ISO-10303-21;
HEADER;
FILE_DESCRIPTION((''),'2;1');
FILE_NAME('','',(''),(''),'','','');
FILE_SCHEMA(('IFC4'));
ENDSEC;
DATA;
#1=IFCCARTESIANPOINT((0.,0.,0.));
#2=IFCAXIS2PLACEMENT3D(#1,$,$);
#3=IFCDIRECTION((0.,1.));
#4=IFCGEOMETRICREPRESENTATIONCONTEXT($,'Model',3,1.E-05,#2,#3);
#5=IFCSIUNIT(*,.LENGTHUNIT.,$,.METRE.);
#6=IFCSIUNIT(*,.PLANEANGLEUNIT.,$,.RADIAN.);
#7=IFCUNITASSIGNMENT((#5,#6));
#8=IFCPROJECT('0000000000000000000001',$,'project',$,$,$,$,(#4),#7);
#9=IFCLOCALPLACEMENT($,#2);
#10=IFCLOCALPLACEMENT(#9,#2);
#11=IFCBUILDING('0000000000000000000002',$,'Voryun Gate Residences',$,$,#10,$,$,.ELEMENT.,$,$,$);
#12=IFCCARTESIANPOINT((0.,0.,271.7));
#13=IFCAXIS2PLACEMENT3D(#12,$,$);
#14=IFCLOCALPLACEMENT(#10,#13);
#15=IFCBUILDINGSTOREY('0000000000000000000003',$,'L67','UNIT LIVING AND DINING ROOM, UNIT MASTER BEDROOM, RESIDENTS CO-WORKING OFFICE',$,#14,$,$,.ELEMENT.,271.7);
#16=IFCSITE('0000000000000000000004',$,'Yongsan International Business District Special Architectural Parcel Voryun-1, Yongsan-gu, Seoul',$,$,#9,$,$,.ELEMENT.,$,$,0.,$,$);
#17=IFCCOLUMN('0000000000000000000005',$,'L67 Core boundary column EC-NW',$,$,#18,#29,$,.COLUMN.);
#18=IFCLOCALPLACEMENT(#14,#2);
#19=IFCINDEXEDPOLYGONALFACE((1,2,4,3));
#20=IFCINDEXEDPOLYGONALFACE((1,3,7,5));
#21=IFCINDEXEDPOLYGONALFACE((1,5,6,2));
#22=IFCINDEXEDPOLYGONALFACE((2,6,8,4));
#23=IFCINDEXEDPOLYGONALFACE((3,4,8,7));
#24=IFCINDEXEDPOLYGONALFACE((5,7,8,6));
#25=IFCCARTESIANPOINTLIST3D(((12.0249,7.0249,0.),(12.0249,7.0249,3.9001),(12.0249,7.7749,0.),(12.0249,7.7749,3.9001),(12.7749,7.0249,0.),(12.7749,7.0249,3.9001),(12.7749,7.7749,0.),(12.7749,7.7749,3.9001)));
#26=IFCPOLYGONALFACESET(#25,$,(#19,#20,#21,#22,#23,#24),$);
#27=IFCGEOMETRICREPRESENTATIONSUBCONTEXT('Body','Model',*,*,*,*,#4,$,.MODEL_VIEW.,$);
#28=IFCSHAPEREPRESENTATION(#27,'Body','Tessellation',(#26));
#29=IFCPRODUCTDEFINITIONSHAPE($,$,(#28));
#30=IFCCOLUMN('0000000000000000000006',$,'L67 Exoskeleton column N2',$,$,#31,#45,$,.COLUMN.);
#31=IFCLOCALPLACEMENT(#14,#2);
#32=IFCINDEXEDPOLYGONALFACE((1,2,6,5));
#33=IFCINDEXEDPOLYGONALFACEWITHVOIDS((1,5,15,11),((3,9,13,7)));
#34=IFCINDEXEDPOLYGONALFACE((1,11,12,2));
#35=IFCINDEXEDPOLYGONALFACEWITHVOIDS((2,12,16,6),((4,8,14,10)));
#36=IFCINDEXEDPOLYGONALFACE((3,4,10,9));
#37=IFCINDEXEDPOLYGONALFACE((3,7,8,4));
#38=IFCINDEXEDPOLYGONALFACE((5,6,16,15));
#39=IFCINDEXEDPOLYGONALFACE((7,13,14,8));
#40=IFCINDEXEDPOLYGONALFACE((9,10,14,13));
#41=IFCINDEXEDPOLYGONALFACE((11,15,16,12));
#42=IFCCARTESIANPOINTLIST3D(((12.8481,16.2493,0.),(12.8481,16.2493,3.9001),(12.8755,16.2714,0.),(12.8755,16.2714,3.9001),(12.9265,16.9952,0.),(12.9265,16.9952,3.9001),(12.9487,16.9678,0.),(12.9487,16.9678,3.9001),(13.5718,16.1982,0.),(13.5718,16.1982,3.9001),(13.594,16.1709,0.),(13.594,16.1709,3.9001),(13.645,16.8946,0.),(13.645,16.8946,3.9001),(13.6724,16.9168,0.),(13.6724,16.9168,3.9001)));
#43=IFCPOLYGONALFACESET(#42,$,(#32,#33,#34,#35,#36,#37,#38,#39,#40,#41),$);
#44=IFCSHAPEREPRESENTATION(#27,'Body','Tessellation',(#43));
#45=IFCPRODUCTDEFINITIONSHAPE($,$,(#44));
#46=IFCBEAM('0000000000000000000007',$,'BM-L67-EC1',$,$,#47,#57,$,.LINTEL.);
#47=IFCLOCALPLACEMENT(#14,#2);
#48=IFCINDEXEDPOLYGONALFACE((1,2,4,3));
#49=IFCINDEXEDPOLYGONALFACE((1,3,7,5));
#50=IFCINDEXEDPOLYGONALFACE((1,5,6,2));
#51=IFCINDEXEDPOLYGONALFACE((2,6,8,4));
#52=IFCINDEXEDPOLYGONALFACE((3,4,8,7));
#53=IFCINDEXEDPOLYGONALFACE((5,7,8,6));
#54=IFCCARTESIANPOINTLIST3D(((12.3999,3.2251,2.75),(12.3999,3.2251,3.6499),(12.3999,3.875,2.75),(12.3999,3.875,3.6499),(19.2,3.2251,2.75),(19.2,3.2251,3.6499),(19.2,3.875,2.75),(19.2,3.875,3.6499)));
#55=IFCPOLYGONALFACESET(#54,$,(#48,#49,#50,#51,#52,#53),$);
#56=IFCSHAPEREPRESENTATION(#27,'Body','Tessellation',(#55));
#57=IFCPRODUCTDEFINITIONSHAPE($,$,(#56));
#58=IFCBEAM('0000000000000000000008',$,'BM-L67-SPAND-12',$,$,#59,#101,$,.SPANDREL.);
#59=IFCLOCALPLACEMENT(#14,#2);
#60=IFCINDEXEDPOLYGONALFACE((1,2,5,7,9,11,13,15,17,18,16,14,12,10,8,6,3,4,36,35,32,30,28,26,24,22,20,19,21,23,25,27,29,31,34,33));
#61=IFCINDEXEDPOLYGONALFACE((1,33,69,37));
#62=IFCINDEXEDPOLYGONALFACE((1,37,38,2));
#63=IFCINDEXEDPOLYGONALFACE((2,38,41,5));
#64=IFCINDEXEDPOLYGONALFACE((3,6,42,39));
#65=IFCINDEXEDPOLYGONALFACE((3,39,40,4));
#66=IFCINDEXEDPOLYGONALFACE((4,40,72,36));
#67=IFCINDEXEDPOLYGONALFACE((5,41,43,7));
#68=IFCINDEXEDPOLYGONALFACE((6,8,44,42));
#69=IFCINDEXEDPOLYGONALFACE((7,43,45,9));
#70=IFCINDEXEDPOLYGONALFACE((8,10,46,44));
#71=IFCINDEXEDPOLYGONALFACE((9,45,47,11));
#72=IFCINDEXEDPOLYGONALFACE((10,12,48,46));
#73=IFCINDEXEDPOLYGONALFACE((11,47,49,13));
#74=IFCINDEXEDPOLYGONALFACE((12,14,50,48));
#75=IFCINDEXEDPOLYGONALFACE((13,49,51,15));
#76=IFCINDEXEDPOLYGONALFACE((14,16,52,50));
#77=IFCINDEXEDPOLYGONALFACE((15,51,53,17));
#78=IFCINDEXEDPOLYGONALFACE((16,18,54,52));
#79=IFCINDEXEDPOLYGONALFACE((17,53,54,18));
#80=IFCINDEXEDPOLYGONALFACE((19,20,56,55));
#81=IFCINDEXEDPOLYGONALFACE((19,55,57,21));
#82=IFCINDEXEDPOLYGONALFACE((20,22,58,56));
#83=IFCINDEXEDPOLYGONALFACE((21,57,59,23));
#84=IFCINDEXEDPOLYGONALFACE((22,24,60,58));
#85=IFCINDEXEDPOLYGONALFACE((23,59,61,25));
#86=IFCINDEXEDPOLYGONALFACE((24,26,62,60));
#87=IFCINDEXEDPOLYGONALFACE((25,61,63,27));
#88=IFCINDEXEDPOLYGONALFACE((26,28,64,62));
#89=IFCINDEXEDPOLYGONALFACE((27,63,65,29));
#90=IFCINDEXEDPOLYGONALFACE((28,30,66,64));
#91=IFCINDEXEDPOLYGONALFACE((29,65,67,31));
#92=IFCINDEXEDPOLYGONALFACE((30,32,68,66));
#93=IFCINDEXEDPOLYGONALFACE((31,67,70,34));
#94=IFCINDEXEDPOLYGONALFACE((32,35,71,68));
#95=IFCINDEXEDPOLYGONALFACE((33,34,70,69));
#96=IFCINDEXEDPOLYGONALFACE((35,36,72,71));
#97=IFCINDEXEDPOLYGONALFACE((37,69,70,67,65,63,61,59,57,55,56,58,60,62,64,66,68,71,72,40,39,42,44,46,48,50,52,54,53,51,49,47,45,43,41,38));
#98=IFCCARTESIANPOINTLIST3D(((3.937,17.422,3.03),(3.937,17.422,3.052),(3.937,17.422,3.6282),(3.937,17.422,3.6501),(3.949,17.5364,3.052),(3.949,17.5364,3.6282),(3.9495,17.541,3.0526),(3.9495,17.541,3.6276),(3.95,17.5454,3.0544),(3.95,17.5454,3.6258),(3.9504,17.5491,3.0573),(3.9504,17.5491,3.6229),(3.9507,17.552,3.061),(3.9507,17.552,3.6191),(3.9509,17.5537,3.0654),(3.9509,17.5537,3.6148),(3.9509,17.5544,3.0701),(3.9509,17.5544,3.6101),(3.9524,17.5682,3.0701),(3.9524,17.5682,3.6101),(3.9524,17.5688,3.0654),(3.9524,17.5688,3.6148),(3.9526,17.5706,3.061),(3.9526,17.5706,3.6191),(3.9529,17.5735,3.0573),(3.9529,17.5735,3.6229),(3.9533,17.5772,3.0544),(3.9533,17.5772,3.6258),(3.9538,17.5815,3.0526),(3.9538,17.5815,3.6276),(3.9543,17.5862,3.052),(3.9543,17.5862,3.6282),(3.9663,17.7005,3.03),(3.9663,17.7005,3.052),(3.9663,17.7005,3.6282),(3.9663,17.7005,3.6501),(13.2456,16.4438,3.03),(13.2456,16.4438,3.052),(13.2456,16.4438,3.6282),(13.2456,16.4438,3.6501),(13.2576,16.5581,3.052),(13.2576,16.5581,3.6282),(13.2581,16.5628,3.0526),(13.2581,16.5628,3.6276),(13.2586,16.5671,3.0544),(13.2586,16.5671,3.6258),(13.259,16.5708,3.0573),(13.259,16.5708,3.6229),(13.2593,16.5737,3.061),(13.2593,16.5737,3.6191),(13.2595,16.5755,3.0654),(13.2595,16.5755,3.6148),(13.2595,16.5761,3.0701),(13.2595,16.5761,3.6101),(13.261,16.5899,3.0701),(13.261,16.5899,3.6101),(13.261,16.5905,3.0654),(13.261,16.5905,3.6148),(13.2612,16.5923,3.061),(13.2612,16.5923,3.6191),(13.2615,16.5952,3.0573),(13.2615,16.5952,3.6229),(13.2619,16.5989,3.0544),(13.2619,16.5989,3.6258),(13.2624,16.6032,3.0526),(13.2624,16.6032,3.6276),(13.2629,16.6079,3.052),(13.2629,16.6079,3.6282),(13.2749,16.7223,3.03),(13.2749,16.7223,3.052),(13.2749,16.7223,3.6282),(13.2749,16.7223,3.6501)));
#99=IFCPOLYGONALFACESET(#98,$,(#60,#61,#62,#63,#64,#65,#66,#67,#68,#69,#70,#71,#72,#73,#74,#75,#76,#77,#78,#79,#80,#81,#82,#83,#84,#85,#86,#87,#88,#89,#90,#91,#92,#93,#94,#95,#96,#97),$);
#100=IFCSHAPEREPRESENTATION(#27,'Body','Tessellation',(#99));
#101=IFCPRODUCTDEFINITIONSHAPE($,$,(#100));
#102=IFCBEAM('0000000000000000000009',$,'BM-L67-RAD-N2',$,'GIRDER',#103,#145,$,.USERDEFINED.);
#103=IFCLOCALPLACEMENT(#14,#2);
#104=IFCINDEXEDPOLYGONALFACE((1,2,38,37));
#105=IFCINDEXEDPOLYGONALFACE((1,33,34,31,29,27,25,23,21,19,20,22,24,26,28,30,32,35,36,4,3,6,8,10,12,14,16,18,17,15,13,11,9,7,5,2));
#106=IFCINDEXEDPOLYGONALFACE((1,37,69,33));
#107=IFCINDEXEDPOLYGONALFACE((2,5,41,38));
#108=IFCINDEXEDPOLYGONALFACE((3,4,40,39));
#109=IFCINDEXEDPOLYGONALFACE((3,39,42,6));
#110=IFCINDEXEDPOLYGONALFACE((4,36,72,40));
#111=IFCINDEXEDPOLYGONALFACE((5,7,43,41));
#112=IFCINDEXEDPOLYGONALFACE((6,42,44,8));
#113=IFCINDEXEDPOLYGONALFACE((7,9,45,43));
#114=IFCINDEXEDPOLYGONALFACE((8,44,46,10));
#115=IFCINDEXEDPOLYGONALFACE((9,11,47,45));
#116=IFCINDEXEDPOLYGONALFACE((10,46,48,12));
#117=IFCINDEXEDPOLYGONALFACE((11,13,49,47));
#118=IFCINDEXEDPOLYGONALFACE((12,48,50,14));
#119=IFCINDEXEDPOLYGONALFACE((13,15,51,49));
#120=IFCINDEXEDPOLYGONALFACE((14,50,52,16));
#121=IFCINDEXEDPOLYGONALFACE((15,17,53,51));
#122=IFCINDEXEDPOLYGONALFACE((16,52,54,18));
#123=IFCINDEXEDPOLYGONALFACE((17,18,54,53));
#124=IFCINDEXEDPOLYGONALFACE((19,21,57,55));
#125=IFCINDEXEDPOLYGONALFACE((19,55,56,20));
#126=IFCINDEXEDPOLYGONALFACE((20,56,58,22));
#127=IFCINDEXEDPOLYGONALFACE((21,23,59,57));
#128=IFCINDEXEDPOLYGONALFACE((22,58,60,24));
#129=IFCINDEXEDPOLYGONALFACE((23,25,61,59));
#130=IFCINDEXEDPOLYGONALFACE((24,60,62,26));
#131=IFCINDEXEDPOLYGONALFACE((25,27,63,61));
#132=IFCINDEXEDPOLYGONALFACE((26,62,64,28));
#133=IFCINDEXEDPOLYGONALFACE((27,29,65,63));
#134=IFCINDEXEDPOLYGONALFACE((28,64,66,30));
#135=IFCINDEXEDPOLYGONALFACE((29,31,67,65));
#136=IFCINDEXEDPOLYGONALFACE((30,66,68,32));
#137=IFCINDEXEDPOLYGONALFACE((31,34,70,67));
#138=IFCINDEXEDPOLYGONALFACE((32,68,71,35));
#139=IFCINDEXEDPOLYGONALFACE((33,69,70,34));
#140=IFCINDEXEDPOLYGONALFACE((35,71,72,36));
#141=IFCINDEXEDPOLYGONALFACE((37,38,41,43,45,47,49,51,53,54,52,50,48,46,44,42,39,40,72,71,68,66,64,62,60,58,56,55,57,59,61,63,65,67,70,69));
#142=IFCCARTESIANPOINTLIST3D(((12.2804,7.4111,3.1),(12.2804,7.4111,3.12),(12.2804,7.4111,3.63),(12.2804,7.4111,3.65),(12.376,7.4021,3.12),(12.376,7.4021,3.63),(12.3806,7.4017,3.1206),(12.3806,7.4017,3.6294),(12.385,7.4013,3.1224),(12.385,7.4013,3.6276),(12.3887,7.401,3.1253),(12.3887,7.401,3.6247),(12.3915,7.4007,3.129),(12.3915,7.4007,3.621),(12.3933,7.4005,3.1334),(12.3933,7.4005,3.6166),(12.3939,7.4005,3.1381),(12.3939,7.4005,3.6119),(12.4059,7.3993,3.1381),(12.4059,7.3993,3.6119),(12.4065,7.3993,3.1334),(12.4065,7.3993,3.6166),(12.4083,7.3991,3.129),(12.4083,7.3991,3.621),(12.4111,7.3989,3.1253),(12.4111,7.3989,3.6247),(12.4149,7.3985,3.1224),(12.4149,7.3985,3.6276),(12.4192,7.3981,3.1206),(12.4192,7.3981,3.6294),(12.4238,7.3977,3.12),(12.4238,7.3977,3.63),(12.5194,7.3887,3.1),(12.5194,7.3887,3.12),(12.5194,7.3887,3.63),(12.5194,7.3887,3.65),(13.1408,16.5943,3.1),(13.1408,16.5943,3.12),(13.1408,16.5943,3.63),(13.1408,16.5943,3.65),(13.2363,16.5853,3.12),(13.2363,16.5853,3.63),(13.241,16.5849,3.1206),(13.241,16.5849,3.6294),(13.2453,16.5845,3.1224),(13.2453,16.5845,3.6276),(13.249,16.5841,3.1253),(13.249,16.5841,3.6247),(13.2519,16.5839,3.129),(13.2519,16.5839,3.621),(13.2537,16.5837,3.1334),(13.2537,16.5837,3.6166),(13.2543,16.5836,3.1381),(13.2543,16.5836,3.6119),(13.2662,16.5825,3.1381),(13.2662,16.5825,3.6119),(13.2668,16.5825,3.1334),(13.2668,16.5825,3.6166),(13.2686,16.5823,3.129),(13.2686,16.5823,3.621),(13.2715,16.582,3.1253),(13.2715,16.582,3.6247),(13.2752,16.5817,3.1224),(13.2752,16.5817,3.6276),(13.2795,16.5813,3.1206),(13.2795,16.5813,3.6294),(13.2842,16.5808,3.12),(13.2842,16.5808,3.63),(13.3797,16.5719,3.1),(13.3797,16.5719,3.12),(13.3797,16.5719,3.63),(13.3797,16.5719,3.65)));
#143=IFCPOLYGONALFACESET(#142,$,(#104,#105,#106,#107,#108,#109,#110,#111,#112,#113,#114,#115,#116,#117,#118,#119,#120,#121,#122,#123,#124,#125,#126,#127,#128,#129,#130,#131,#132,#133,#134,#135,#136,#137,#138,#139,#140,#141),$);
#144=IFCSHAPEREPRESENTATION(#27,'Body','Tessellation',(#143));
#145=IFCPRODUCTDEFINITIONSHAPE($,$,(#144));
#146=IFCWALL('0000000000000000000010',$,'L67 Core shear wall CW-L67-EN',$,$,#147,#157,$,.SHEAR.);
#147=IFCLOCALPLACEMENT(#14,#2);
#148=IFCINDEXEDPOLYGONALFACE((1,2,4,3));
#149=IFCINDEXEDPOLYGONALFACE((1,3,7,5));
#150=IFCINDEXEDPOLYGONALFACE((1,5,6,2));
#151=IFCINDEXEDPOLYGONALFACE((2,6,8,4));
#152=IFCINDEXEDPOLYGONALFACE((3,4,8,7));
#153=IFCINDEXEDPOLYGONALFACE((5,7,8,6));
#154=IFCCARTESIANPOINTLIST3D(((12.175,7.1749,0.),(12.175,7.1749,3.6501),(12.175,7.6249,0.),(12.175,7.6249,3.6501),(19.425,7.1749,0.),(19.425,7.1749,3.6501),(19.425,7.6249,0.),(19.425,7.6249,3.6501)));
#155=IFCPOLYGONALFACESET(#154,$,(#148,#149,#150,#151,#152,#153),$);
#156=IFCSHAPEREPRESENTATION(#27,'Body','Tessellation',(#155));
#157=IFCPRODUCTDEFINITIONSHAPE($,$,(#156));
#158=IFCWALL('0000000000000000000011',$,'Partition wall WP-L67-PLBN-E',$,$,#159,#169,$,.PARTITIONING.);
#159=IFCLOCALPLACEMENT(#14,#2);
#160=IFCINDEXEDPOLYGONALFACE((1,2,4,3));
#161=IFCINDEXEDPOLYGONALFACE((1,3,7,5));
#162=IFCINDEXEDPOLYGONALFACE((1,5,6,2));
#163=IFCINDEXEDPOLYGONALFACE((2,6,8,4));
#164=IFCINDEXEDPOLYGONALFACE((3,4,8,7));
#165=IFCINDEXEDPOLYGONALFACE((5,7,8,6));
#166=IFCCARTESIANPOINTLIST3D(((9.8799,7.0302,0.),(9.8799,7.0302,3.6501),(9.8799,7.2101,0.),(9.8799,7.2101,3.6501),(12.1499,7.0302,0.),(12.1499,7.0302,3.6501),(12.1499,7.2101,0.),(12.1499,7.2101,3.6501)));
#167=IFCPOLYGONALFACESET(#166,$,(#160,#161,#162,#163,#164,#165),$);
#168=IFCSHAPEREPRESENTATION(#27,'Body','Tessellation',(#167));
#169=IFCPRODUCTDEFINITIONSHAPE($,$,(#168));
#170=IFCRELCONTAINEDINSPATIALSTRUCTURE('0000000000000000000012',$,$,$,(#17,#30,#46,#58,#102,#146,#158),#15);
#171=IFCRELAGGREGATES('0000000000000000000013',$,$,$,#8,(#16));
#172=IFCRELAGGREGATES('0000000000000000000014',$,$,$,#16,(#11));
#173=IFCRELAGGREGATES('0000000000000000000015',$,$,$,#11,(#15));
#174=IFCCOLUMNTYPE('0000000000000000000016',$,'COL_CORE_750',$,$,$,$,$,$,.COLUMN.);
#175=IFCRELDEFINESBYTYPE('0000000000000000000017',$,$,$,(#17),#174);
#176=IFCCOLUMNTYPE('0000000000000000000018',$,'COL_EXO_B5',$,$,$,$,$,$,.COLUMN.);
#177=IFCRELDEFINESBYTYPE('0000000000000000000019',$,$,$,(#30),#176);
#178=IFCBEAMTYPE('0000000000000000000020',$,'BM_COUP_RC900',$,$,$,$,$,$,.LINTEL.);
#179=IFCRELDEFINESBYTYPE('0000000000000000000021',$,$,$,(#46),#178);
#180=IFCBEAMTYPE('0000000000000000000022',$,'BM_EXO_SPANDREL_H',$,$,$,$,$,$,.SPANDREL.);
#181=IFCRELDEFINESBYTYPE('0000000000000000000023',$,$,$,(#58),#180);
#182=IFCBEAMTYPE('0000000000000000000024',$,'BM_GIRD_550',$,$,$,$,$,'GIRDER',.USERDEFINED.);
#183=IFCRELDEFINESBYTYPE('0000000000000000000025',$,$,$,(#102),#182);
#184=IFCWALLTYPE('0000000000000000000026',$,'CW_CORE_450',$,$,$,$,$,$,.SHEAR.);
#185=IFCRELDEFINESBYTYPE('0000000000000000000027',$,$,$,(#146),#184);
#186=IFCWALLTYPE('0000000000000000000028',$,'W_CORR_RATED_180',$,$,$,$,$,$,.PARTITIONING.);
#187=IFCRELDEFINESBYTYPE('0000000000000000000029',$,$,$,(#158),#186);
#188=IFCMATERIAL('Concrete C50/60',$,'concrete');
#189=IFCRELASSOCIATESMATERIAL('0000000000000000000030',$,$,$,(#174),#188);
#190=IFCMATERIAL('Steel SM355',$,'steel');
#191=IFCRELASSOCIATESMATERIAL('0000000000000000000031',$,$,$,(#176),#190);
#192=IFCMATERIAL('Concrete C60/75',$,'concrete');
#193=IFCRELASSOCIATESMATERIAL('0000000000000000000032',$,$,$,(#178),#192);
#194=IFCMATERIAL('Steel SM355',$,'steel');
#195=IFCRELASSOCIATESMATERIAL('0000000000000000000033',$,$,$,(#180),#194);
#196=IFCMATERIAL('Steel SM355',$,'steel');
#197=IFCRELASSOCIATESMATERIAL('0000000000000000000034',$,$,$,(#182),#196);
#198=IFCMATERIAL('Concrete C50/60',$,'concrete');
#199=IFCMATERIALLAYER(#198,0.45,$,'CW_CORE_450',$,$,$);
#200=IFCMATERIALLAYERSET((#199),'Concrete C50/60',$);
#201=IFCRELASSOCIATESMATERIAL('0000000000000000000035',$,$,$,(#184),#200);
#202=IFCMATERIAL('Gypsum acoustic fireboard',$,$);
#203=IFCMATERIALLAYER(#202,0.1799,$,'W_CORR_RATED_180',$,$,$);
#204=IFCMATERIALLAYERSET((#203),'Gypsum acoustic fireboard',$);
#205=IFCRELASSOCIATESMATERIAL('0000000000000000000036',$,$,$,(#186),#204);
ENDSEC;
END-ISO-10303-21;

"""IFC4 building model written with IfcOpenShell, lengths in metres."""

from ifc_helpers import new_model, si_unit, direction, frame, frame_2d, origin, origin_2d, place, context, subcontext, project, spatial, rectangle, hollow_rectangle, i_section, extrude, material, layer, layer_set, material_profile, profile_set, type_object, element, save


model = new_model("IFC4")

# Units and contexts
model_context = context("Model", 3, precision=1e-05, world=origin(), true_north=direction((0.0, 1.0)))
body_context = subcontext(model_context, "Body", "Model", "MODEL_VIEW")
ifc_project = project(units=[si_unit("LENGTHUNIT", "METRE"), si_unit("PLANEANGLEUNIT", "RADIAN")], contexts=[model_context])

# Site, building, storey
site_placement = place(None, origin())
site = spatial("IfcSite", under=ifc_project, at=site_placement, Name="Yongsan International Business District Special Architectural Parcel Voryun-1, Yongsan-gu, Seoul", CompositionType="ELEMENT", RefElevation=0.0)
building_placement = place(site_placement, origin())
building = spatial("IfcBuilding", under=site, at=building_placement, Name="Voryun Gate Residences", CompositionType="ELEMENT")
storey_placement = place(building_placement, frame((0.0, 0.0, 271.7)))
storey = spatial("IfcBuildingStorey", under=building, at=storey_placement, Name="L67", Description="UNIT LIVING AND DINING ROOM, UNIT MASTER BEDROOM, RESIDENTS CO-WORKING OFFICE", CompositionType="ELEMENT", Elevation=271.7)

# Columns
ifc_material_1 = material(Name="Concrete C50/60", Category="concrete")
ifc_material_profile_1 = material_profile(ifc_material_1, rectangle(XDim=0.75, YDim=0.75, at=origin_2d()), Name="RC-750x750")
ifc_profile_set_1 = profile_set([ifc_material_profile_1], Name="Concrete C50/60")
column_type_1 = type_object("IfcColumnType", Name="COL_CORE_750", PredefinedType="COLUMN", material=ifc_profile_set_1)
column_1_placement = place(storey_placement, frame((12.3999, 7.3999, 0.0), z_axis=(0.0, 0.0, 1.0), x_axis=(1.0, 0.0, 0.0)))
element("IfcColumn", 1, at=column_1_placement, inside=storey, type_object=column_type_1, Name="L67 Core boundary column EC-NW", PredefinedType="COLUMN", context=body_context, shape_type="SweptSolid", body=[
    extrude(rectangle(XDim=0.75, YDim=0.75, at=origin_2d()), origin(), (0.0, 0.0, 1.0), 3.9001),
])
ifc_material_2 = material(Name="Steel SM355", Category="steel")
ifc_material_profile_2 = material_profile(ifc_material_2, hollow_rectangle(XDim=0.75, YDim=0.75, WallThickness=0.0249, at=origin_2d()), Name="BOX-750x750x25")
ifc_profile_set_2 = profile_set([ifc_material_profile_2], Name="Steel SM355")
column_type_2 = type_object("IfcColumnType", Name="COL_EXO_B5", PredefinedType="COLUMN", material=ifc_profile_set_2)
column_2_placement = place(storey_placement, frame((13.2603, 16.583, 0.0), z_axis=(0.0, 0.0, 1.0), x_axis=(0.994522, -0.104528, 0.0)))
element("IfcColumn", 2, at=column_2_placement, inside=storey, type_object=column_type_2, Name="L67 Exoskeleton column N2", PredefinedType="COLUMN", context=body_context, shape_type="SweptSolid", body=[
    extrude(hollow_rectangle(XDim=0.75, YDim=0.75, WallThickness=0.0249, at=origin_2d()), origin(), (0.0, 0.0, 1.0), 3.9001),
])

# Beams
ifc_material_3 = material(Name="Concrete C60/75", Category="concrete")
ifc_material_profile_3 = material_profile(ifc_material_3, rectangle(XDim=0.6499, YDim=0.8999, at=origin_2d()), Name="RC-650x900")
ifc_profile_set_3 = profile_set([ifc_material_profile_3], Name="Concrete C60/75")
beam_type_1 = type_object("IfcBeamType", Name="BM_COUP_RC900", PredefinedType="LINTEL", material=ifc_profile_set_3)
beam_1_placement = place(storey_placement, frame((12.3999, 3.55, 3.2), z_axis=(1.0, 0.0, 0.0), x_axis=(0.0, 1.0, 0.0)))
element("IfcBeam", 3, at=beam_1_placement, inside=storey, type_object=beam_type_1, Name="BM-L67-EC1", PredefinedType="LINTEL", context=body_context, shape_type="SweptSolid", body=[
    extrude(rectangle(XDim=0.6499, YDim=0.8999, at=origin_2d()), origin(), (0.0, 0.0, 1.0), 6.8),
])
ifc_material_4 = material(Name="Steel SM355", Category="steel")
ifc_material_profile_4 = material_profile(ifc_material_4, i_section(OverallWidth=0.28, OverallDepth=0.6201, WebThickness=0.0139, FlangeThickness=0.022, FilletRadius=0.0181, at=origin_2d()), Name="H-620x280x14x22")
ifc_profile_set_4 = profile_set([ifc_material_profile_4], Name="Steel SM355")
beam_type_2 = type_object("IfcBeamType", Name="BM_EXO_SPANDREL_H", PredefinedType="SPANDREL", material=ifc_profile_set_4)
beam_2_placement = place(storey_placement, frame((13.2603, 16.583, 3.3401), z_axis=(-0.994523, 0.104518, 0.0), x_axis=(-0.104518, -0.994523, 0.0)))
element("IfcBeam", 4, at=beam_2_placement, inside=storey, type_object=beam_type_2, Name="BM-L67-SPAND-12", PredefinedType="SPANDREL", context=body_context, shape_type="SweptSolid", body=[
    extrude(i_section(OverallWidth=0.28, OverallDepth=0.6201, WebThickness=0.0139, FlangeThickness=0.022, FilletRadius=0.0181, at=origin_2d()), origin(), (0.0, 0.0, 1.0), 9.3599),
])
ifc_material_5 = material(Name="Steel SM355", Category="steel")
ifc_material_profile_5 = material_profile(ifc_material_5, i_section(OverallWidth=0.24, OverallDepth=0.55, WebThickness=0.012, FlangeThickness=0.02, FilletRadius=0.0181, at=origin_2d()), Name="H-550x240x12x20")
ifc_profile_set_5 = profile_set([ifc_material_profile_5], Name="Steel SM355")
beam_type_3 = type_object("IfcBeamType", Name="BM_GIRD_550", ElementType="GIRDER", PredefinedType="USERDEFINED", material=ifc_profile_set_5)
beam_3_placement = place(storey_placement, frame((12.3999, 7.3999, 3.375), z_axis=(0.09328, 0.99564, 0.0), x_axis=(-0.99564, 0.09328, 0.0)))
element("IfcBeam", 5, at=beam_3_placement, inside=storey, type_object=beam_type_3, Name="BM-L67-RAD-N2", ObjectType="GIRDER", PredefinedType="USERDEFINED", context=body_context, shape_type="SweptSolid", body=[
    extrude(i_section(OverallWidth=0.24, OverallDepth=0.55, WebThickness=0.012, FlangeThickness=0.02, FilletRadius=0.0181, at=origin_2d()), origin(), (0.0, 0.0, 1.0), 9.2234),
])

# Walls
ifc_material_6 = material(Name="Concrete C50/60", Category="concrete")
ifc_layer_1 = layer(ifc_material_6, 0.45, Name="CW_CORE_450")
ifc_layer_set_1 = layer_set([ifc_layer_1], Name="Concrete C50/60")
wall_type_1 = type_object("IfcWallType", Name="CW_CORE_450", PredefinedType="SHEAR", material=ifc_layer_set_1)
wall_1_placement = place(storey_placement, frame((12.175, 7.3999, 0.0), z_axis=(0.0, 0.0, 1.0), x_axis=(1.0, 0.0, 0.0)))
element("IfcWall", 6, at=wall_1_placement, inside=storey, type_object=wall_type_1, Name="L67 Core shear wall CW-L67-EN", PredefinedType="SHEAR", context=body_context, shape_type="SweptSolid", body=[
    extrude(rectangle(XDim=7.25, YDim=0.45, at=frame_2d((3.625, 0.0))), origin(), (0.0, 0.0, 1.0), 3.6501),
])
ifc_material_7 = material(Name="Gypsum acoustic fireboard")
ifc_layer_2 = layer(ifc_material_7, 0.1799, Name="W_CORR_RATED_180")
ifc_layer_set_2 = layer_set([ifc_layer_2], Name="Gypsum acoustic fireboard")
wall_type_2 = type_object("IfcWallType", Name="W_CORR_RATED_180", PredefinedType="PARTITIONING", material=ifc_layer_set_2)
wall_2_placement = place(storey_placement, frame((9.8799, 7.1201, 0.0), z_axis=(0.0, 0.0, 1.0), x_axis=(1.0, 0.0, 0.0)))
element("IfcWall", 7, at=wall_2_placement, inside=storey, type_object=wall_type_2, Name="Partition wall WP-L67-PLBN-E", PredefinedType="PARTITIONING", context=body_context, shape_type="SweptSolid", body=[
    extrude(rectangle(XDim=2.27, YDim=0.1799, at=frame_2d((1.135, 0.0))), origin(), (0.0, 0.0, 1.0), 3.6501),
])

save(model, "model.ifc")
